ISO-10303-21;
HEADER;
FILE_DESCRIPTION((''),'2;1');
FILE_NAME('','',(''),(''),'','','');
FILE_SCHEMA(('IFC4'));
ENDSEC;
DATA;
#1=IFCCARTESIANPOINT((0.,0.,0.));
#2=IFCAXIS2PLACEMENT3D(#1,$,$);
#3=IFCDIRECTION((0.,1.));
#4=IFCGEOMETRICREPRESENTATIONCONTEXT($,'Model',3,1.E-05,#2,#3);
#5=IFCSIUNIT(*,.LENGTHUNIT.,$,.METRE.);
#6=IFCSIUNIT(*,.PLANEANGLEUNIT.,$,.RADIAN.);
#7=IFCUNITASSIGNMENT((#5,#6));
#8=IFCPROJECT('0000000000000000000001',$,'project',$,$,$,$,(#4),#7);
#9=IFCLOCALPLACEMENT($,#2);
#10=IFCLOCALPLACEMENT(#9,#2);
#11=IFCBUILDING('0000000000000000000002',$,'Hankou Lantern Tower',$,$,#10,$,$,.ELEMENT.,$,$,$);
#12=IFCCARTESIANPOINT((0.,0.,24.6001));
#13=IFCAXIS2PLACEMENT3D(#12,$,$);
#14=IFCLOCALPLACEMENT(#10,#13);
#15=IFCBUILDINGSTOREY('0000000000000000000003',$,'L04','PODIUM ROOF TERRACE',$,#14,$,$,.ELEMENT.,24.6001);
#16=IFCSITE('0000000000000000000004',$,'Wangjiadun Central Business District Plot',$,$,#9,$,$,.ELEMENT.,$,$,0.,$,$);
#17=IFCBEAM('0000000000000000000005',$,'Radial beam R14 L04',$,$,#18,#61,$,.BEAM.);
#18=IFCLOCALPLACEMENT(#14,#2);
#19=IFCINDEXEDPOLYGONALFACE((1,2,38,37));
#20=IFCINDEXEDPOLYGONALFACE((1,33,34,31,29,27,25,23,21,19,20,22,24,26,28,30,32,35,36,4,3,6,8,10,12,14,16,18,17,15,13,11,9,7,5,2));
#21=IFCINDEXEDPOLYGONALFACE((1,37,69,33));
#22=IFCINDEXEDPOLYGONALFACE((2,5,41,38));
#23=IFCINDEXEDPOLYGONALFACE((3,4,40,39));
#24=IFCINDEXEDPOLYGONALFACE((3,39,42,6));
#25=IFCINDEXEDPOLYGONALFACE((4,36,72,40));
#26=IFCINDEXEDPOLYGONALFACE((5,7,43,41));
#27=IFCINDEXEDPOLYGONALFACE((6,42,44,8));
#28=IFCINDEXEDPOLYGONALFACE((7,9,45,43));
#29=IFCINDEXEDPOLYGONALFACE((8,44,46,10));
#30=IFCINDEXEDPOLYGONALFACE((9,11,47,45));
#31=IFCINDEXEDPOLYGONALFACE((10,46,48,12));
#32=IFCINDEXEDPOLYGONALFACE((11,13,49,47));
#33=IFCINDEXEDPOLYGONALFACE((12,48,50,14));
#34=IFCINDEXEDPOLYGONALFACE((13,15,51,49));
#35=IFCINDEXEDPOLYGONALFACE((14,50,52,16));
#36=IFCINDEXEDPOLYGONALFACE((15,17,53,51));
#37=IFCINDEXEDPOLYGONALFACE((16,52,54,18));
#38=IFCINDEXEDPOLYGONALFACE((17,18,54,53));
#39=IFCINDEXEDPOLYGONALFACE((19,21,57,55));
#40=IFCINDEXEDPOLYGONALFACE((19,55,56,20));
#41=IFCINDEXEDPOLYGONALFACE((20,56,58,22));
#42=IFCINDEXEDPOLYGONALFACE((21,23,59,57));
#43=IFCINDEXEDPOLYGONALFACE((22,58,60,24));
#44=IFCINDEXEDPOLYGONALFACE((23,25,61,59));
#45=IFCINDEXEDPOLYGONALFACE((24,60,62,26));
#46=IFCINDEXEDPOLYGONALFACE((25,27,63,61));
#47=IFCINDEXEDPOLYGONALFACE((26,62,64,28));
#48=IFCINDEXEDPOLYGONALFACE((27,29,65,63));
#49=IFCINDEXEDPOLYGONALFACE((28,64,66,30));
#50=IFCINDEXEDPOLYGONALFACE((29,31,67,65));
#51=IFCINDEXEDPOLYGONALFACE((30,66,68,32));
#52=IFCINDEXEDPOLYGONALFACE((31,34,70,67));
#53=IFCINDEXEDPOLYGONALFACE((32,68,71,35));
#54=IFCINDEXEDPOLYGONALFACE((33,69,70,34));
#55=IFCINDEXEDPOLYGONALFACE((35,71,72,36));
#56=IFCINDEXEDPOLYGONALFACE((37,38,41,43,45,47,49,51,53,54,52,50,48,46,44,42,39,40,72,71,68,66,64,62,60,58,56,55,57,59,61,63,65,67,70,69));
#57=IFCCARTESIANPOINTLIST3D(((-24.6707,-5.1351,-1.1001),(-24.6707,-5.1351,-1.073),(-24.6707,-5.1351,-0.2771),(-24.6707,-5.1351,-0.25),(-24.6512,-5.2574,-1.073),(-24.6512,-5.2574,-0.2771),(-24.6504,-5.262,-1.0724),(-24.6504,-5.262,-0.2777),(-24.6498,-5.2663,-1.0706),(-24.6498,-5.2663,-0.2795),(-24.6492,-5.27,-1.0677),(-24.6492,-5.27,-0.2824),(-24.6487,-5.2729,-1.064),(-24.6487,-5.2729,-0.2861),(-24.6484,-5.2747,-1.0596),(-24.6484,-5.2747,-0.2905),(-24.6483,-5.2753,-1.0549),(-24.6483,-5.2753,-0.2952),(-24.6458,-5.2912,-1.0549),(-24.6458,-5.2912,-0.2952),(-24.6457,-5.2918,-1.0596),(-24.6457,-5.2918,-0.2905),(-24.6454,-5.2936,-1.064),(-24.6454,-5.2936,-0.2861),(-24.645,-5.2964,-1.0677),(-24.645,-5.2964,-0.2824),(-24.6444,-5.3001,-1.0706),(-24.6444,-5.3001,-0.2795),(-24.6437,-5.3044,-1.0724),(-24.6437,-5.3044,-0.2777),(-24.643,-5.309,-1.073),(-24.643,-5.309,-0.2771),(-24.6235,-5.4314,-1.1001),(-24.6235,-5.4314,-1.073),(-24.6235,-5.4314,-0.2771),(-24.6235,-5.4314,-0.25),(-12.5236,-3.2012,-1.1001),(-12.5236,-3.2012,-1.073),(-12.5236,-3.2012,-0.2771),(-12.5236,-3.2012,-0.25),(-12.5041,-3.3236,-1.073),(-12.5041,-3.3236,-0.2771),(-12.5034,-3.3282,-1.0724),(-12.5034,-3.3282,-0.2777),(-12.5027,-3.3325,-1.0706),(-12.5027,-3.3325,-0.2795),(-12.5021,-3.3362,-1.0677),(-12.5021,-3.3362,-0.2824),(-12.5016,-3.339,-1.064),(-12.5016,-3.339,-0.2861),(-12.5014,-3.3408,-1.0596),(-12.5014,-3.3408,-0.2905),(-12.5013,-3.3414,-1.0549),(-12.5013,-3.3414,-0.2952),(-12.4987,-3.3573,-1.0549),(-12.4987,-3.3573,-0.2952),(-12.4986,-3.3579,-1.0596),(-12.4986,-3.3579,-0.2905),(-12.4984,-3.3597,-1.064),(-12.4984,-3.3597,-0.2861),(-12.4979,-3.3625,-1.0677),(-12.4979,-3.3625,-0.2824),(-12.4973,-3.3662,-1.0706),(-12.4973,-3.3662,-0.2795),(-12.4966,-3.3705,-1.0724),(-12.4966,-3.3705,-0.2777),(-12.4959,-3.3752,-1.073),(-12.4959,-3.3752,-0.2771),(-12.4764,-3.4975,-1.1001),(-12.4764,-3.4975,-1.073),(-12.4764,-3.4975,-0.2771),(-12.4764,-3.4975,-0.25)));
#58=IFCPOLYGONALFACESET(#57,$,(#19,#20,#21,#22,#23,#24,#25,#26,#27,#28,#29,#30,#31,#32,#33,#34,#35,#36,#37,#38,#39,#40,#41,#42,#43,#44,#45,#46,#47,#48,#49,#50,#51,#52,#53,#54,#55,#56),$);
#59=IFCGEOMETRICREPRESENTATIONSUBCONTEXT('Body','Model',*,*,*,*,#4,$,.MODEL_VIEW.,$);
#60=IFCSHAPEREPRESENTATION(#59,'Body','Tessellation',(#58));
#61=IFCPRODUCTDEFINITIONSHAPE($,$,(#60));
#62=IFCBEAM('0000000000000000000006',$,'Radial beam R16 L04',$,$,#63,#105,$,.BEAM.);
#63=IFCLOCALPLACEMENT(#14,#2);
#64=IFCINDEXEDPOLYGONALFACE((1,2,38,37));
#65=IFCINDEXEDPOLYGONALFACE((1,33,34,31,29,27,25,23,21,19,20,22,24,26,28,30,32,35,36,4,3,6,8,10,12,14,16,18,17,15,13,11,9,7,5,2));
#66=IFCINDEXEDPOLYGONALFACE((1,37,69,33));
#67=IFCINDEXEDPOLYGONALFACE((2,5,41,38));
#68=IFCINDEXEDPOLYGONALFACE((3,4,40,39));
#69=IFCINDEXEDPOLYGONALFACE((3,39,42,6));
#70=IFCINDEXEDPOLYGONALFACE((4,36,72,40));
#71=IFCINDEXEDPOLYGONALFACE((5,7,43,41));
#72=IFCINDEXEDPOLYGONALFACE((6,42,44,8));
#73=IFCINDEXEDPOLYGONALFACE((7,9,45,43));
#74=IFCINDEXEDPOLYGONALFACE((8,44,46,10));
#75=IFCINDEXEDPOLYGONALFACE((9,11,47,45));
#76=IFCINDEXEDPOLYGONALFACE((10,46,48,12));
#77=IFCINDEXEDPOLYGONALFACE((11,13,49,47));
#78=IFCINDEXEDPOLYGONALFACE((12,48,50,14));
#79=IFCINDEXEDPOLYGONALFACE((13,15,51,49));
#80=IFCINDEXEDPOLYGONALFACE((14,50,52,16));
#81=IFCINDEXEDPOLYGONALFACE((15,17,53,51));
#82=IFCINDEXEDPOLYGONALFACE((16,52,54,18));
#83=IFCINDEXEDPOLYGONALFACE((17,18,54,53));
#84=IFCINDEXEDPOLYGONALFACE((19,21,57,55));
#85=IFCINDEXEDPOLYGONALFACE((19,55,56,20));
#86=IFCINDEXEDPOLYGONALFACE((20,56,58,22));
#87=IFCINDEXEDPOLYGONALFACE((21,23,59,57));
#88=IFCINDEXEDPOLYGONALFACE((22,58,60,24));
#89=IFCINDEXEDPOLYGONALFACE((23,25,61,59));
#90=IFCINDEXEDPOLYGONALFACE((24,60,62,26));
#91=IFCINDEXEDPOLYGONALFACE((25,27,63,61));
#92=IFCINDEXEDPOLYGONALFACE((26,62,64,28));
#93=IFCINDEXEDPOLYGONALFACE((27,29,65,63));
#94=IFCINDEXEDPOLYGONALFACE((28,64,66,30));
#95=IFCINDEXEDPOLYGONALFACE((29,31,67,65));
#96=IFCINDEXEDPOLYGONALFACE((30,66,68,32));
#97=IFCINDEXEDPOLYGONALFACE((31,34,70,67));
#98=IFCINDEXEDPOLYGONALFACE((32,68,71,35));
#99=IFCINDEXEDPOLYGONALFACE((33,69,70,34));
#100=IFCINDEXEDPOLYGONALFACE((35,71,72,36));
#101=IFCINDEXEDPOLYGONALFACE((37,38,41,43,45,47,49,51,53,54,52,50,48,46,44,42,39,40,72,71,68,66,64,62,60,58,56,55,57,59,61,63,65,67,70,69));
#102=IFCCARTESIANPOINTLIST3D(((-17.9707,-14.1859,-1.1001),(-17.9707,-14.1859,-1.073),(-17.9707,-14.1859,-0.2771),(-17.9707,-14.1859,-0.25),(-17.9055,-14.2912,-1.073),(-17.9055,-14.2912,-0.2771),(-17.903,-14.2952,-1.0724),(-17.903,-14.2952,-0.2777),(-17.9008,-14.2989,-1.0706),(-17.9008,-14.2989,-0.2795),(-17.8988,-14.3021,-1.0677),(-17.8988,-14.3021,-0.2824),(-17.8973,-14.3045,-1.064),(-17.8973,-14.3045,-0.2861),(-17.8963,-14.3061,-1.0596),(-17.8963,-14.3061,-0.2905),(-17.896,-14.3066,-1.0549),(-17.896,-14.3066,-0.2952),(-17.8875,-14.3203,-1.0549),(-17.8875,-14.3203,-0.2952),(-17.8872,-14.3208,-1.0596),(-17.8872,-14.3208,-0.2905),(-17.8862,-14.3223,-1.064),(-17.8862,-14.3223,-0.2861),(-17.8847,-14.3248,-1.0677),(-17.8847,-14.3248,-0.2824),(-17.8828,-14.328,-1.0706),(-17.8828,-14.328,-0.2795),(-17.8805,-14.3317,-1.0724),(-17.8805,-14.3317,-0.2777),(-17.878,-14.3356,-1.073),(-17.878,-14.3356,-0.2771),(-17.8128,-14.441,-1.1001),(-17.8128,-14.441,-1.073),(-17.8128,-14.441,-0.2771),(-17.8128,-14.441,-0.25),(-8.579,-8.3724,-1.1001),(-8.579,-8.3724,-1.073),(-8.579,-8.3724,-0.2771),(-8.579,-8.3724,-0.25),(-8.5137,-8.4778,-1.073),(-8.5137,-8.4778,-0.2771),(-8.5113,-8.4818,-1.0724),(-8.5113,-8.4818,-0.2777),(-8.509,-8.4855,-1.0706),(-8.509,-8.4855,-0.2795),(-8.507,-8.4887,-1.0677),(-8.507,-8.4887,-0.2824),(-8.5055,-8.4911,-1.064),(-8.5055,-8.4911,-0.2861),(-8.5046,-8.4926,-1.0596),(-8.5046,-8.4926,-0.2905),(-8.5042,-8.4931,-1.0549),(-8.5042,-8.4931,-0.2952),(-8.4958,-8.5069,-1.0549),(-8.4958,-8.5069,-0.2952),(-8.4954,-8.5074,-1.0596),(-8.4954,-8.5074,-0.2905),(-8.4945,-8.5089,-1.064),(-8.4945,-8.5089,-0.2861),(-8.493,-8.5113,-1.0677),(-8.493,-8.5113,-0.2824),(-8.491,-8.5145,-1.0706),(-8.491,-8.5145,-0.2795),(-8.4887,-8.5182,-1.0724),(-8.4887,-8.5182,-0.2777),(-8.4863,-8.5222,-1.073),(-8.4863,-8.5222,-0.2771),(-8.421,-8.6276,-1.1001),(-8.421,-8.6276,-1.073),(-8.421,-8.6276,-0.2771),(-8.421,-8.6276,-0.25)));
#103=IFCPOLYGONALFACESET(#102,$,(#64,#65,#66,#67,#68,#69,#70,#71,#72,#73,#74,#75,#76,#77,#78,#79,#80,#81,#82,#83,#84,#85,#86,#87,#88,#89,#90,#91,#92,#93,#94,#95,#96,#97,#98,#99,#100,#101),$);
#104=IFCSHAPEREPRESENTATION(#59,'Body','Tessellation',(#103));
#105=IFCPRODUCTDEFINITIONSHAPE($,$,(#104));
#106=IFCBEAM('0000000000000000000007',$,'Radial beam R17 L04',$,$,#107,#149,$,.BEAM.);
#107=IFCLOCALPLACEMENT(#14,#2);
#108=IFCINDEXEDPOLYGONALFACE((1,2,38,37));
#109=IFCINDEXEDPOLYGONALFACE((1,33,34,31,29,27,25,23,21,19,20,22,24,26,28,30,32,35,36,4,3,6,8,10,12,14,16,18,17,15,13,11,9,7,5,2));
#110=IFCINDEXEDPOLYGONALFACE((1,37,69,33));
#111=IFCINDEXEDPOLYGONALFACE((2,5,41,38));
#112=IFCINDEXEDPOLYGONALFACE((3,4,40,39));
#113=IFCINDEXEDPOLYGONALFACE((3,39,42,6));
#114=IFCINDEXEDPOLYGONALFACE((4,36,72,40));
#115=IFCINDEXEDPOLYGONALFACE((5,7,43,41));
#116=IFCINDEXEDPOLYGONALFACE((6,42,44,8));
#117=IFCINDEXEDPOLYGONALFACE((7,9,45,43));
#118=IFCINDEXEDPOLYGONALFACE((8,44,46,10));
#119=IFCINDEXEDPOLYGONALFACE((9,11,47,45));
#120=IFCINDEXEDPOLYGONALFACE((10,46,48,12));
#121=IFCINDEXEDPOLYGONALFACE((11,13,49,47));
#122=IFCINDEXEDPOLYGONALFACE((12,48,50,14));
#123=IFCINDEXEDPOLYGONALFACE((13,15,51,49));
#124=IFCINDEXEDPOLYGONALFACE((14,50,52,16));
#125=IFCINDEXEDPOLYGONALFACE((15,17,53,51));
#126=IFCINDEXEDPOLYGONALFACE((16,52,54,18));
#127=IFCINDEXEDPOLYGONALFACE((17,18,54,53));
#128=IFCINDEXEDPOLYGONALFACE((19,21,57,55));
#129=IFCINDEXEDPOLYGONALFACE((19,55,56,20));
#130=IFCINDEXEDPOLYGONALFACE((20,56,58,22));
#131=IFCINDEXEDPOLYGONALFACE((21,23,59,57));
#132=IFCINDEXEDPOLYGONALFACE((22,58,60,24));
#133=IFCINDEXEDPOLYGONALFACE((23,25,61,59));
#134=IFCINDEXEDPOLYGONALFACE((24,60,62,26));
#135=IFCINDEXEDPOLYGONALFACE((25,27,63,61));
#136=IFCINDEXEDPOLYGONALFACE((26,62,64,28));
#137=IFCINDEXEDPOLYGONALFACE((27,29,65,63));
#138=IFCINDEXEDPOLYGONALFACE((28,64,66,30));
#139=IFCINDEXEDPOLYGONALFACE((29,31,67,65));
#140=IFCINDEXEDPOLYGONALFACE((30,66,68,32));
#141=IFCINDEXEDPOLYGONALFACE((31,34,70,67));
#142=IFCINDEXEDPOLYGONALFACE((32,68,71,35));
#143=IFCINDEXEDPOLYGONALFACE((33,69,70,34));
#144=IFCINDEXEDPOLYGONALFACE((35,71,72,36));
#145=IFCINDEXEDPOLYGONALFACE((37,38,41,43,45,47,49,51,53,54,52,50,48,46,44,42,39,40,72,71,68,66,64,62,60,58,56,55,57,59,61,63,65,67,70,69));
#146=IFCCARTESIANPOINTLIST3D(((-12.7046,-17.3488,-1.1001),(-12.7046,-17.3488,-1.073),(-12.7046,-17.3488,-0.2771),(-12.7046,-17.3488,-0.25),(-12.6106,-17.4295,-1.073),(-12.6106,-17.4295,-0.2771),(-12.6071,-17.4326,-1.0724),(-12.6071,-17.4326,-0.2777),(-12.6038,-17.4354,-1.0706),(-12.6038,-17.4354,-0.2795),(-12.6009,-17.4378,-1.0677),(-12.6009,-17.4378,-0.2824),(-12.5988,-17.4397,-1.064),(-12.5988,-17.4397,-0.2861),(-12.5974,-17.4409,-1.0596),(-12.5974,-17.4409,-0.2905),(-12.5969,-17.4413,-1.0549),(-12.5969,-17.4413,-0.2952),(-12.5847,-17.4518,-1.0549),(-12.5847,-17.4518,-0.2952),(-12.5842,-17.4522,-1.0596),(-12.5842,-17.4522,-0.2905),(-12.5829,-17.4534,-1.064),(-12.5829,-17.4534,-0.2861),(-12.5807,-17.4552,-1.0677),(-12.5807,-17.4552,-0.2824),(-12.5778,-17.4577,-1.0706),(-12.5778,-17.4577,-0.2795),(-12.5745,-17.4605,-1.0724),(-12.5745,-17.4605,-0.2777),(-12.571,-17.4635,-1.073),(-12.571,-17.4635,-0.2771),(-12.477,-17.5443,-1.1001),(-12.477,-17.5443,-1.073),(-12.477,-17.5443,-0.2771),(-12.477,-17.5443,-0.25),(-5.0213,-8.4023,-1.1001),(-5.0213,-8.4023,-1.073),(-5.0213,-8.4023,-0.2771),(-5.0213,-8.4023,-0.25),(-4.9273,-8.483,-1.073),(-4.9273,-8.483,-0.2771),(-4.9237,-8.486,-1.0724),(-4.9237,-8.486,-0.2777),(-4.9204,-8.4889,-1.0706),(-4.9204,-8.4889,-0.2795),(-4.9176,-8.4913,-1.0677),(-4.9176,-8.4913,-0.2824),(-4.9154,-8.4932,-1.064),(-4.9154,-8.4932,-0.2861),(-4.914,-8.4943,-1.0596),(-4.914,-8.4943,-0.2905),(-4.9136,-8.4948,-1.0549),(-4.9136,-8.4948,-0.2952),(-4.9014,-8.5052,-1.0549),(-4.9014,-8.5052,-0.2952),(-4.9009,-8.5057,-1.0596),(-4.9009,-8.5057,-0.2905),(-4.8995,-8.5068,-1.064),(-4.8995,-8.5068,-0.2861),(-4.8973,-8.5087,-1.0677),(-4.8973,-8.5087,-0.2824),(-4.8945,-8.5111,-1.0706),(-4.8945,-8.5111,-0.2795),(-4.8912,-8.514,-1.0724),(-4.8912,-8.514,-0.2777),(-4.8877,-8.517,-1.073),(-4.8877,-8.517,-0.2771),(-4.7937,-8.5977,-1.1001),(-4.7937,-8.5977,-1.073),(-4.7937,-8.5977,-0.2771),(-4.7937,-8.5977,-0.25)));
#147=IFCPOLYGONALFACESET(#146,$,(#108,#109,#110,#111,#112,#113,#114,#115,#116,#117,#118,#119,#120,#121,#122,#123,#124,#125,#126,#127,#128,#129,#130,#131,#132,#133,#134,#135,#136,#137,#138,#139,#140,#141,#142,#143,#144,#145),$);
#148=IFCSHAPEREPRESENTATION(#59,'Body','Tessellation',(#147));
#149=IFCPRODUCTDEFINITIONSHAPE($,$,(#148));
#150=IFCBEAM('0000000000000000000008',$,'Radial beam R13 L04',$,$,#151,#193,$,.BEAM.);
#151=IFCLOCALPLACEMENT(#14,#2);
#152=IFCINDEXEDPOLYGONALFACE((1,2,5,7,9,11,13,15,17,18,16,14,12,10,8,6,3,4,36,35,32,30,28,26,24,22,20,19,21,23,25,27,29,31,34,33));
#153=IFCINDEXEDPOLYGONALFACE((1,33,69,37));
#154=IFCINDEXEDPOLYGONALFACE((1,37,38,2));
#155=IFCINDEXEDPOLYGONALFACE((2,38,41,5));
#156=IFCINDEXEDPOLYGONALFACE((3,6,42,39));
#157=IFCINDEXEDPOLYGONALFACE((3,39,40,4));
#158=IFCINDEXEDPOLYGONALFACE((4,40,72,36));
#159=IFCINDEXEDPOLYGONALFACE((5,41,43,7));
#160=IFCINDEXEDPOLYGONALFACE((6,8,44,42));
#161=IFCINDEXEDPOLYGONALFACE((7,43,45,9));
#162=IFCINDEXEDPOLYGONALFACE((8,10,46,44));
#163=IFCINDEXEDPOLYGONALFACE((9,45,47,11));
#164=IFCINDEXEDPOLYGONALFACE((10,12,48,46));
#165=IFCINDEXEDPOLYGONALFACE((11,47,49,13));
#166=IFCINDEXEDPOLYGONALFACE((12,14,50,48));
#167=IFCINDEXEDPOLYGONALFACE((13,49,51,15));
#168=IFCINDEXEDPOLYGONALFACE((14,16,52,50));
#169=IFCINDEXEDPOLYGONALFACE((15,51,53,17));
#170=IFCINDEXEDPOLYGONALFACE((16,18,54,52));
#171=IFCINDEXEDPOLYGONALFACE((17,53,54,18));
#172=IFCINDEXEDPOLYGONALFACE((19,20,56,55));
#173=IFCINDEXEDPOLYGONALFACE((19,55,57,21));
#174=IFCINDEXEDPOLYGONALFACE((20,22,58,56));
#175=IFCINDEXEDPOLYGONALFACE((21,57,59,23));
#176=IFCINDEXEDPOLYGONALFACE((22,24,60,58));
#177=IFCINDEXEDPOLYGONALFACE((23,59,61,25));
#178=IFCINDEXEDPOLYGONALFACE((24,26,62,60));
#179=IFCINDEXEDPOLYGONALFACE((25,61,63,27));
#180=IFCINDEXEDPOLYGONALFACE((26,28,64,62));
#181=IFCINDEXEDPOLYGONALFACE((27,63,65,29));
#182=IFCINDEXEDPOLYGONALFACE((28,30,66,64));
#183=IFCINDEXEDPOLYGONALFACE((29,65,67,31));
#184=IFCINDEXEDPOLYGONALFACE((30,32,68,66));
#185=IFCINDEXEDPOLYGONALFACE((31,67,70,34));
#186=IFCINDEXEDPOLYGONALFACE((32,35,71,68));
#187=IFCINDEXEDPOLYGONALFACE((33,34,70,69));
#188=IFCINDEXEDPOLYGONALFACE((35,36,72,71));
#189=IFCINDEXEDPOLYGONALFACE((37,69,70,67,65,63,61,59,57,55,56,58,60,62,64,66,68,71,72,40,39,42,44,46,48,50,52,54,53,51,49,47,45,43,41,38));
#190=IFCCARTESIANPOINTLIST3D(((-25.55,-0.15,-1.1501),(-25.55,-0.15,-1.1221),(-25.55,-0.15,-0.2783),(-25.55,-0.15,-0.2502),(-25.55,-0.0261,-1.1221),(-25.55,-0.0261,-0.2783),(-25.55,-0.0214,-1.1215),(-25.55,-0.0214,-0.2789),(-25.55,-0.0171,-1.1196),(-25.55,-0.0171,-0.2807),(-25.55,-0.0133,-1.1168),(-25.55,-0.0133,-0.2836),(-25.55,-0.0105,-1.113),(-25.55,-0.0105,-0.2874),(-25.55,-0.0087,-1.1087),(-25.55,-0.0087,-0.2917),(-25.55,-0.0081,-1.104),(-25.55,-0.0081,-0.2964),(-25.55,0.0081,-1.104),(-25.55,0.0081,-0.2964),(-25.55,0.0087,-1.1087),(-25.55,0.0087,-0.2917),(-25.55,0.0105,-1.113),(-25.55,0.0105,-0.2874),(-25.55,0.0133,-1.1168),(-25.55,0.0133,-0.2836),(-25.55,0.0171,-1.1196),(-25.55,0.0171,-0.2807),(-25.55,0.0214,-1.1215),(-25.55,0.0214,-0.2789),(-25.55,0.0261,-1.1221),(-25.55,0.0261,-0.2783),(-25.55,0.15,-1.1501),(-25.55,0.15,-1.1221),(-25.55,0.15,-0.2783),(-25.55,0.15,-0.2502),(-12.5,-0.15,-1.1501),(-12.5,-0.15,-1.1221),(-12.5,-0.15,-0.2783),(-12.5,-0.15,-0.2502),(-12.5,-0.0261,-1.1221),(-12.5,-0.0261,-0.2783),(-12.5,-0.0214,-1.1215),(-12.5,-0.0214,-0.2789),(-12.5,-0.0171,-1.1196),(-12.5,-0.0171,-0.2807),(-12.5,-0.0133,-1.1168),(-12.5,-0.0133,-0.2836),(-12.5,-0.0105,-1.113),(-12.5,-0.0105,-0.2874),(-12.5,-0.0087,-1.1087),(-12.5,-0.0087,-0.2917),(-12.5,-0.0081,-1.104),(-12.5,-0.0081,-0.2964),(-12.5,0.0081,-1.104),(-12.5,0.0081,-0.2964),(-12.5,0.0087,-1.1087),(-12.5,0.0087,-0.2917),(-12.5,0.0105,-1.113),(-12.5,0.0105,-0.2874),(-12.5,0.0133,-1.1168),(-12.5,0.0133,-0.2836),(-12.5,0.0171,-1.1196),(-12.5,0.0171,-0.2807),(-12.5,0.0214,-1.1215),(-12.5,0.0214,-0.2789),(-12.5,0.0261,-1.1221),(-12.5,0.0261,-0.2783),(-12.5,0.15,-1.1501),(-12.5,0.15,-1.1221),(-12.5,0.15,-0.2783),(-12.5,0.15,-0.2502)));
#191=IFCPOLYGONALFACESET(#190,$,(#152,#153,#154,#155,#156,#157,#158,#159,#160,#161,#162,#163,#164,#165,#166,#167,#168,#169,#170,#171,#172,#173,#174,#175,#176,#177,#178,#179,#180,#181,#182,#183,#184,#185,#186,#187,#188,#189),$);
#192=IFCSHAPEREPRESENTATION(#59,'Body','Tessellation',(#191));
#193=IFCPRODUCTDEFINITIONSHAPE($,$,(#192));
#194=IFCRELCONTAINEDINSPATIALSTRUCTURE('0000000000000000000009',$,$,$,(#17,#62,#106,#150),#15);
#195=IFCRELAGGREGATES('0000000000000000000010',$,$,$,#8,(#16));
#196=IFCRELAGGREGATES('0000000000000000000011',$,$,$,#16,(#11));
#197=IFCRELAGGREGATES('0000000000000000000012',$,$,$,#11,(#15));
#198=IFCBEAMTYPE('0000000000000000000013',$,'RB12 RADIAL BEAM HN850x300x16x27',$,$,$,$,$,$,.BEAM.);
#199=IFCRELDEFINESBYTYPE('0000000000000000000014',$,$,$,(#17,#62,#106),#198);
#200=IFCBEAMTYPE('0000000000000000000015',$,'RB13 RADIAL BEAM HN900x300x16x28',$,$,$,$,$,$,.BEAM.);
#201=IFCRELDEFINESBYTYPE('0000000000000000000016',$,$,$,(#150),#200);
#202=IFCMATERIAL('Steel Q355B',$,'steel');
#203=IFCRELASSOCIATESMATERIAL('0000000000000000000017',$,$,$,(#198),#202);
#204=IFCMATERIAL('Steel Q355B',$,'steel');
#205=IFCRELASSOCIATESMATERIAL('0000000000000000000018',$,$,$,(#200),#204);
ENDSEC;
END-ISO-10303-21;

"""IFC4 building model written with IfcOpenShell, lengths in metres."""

from ifc_helpers import new_model, si_unit, direction, frame, origin, origin_2d, place, context, subcontext, project, spatial, i_section, extrude, material, material_profile, profile_set, type_object, element, save


model = new_model("IFC4")

# Units and contexts
model_context = context("Model", 3, precision=1e-05, world=origin(), true_north=direction((0.0, 1.0)))
body_context = subcontext(model_context, "Body", "Model", "MODEL_VIEW")
ifc_project = project(units=[si_unit("LENGTHUNIT", "METRE"), si_unit("PLANEANGLEUNIT", "RADIAN")], contexts=[model_context])

# Site, building, storey
site_placement = place(None, origin())
site = spatial("IfcSite", under=ifc_project, at=site_placement, Name="Wangjiadun Central Business District Plot", CompositionType="ELEMENT", RefElevation=0.0)
building_placement = place(site_placement, origin())
building = spatial("IfcBuilding", under=site, at=building_placement, Name="Hankou Lantern Tower", CompositionType="ELEMENT")
storey_placement = place(building_placement, frame((0.0, 0.0, 24.6001)))
storey = spatial("IfcBuildingStorey", under=building, at=storey_placement, Name="L04", Description="PODIUM ROOF TERRACE", CompositionType="ELEMENT", Elevation=24.6001)

# Beams
ifc_material_1 = material(Name="Steel Q355B", Category="steel")
ifc_material_profile_1 = material_profile(ifc_material_1, i_section(OverallWidth=0.3, OverallDepth=0.8501, WebThickness=0.0161, FlangeThickness=0.0271, FilletRadius=0.0181, at=origin_2d()), Name="HN850x300x16x27")
ifc_profile_set_1 = profile_set([ifc_material_profile_1], Name="Steel Q355B")
beam_type_1 = type_object("IfcBeamType", Name="RB12 RADIAL BEAM HN850x300x16x27", PredefinedType="BEAM", material=ifc_profile_set_1)
beam_1_placement = place(storey_placement, frame((-12.5, -3.3494, -0.675), z_axis=(-0.987563, -0.157223, 0.0), x_axis=(0.157223, -0.987563, 0.0)))
element("IfcBeam", 1, at=beam_1_placement, inside=storey, type_object=beam_type_1, Name="Radial beam R14 L04", PredefinedType="BEAM", context=body_context, shape_type="SweptSolid", body=[
    extrude(i_section(OverallWidth=0.3, OverallDepth=0.8501, WebThickness=0.0161, FlangeThickness=0.0271, FilletRadius=0.0181, at=origin_2d()), origin(), (0.0, 0.0, 1.0), 12.3),
])
beam_2_placement = place(storey_placement, frame((-8.5, -8.5, -0.675), z_axis=(-0.850286, -0.52632, 0.0), x_axis=(0.52632, -0.850286, 0.0)))
element("IfcBeam", 2, at=beam_2_placement, inside=storey, type_object=beam_type_1, Name="Radial beam R16 L04", PredefinedType="BEAM", context=body_context, shape_type="SweptSolid", body=[
    extrude(i_section(OverallWidth=0.3, OverallDepth=0.8501, WebThickness=0.0161, FlangeThickness=0.0271, FilletRadius=0.0181, at=origin_2d()), origin(), (0.0, 0.0, 1.0), 11.0454),
])
beam_3_placement = place(storey_placement, frame((-4.9075, -8.5, -0.675), z_axis=(-0.651519, -0.758632, 0.0), x_axis=(0.758632, -0.651519, 0.0)))
element("IfcBeam", 3, at=beam_3_placement, inside=storey, type_object=beam_type_1, Name="Radial beam R17 L04", PredefinedType="BEAM", context=body_context, shape_type="SweptSolid", body=[
    extrude(i_section(OverallWidth=0.3, OverallDepth=0.8501, WebThickness=0.0161, FlangeThickness=0.0271, FilletRadius=0.0181, at=origin_2d()), origin(), (0.0, 0.0, 1.0), 11.793),
])
ifc_material_2 = material(Name="Steel Q355B", Category="steel")
ifc_material_profile_2 = material_profile(ifc_material_2, i_section(OverallWidth=0.3, OverallDepth=0.8999, WebThickness=0.0161, FlangeThickness=0.0281, FilletRadius=0.0181, at=origin_2d()), Name="HN900x300x16x28")
ifc_profile_set_2 = profile_set([ifc_material_profile_2], Name="Steel Q355B")
beam_type_2 = type_object("IfcBeamType", Name="RB13 RADIAL BEAM HN900x300x16x28", PredefinedType="BEAM", material=ifc_profile_set_2)
beam_4_placement = place(storey_placement, frame((-12.5, 0.0, -0.7002), z_axis=(-1.0, 0.0, 0.0), x_axis=(0.0, -1.0, 0.0)))
element("IfcBeam", 4, at=beam_4_placement, inside=storey, type_object=beam_type_2, Name="Radial beam R13 L04", PredefinedType="BEAM", context=body_context, shape_type="SweptSolid", body=[
    extrude(i_section(OverallWidth=0.3, OverallDepth=0.8999, WebThickness=0.0161, FlangeThickness=0.0281, FilletRadius=0.0181, at=origin_2d()), origin(), (0.0, 0.0, 1.0), 13.05),
])

save(model, "model.ifc")
